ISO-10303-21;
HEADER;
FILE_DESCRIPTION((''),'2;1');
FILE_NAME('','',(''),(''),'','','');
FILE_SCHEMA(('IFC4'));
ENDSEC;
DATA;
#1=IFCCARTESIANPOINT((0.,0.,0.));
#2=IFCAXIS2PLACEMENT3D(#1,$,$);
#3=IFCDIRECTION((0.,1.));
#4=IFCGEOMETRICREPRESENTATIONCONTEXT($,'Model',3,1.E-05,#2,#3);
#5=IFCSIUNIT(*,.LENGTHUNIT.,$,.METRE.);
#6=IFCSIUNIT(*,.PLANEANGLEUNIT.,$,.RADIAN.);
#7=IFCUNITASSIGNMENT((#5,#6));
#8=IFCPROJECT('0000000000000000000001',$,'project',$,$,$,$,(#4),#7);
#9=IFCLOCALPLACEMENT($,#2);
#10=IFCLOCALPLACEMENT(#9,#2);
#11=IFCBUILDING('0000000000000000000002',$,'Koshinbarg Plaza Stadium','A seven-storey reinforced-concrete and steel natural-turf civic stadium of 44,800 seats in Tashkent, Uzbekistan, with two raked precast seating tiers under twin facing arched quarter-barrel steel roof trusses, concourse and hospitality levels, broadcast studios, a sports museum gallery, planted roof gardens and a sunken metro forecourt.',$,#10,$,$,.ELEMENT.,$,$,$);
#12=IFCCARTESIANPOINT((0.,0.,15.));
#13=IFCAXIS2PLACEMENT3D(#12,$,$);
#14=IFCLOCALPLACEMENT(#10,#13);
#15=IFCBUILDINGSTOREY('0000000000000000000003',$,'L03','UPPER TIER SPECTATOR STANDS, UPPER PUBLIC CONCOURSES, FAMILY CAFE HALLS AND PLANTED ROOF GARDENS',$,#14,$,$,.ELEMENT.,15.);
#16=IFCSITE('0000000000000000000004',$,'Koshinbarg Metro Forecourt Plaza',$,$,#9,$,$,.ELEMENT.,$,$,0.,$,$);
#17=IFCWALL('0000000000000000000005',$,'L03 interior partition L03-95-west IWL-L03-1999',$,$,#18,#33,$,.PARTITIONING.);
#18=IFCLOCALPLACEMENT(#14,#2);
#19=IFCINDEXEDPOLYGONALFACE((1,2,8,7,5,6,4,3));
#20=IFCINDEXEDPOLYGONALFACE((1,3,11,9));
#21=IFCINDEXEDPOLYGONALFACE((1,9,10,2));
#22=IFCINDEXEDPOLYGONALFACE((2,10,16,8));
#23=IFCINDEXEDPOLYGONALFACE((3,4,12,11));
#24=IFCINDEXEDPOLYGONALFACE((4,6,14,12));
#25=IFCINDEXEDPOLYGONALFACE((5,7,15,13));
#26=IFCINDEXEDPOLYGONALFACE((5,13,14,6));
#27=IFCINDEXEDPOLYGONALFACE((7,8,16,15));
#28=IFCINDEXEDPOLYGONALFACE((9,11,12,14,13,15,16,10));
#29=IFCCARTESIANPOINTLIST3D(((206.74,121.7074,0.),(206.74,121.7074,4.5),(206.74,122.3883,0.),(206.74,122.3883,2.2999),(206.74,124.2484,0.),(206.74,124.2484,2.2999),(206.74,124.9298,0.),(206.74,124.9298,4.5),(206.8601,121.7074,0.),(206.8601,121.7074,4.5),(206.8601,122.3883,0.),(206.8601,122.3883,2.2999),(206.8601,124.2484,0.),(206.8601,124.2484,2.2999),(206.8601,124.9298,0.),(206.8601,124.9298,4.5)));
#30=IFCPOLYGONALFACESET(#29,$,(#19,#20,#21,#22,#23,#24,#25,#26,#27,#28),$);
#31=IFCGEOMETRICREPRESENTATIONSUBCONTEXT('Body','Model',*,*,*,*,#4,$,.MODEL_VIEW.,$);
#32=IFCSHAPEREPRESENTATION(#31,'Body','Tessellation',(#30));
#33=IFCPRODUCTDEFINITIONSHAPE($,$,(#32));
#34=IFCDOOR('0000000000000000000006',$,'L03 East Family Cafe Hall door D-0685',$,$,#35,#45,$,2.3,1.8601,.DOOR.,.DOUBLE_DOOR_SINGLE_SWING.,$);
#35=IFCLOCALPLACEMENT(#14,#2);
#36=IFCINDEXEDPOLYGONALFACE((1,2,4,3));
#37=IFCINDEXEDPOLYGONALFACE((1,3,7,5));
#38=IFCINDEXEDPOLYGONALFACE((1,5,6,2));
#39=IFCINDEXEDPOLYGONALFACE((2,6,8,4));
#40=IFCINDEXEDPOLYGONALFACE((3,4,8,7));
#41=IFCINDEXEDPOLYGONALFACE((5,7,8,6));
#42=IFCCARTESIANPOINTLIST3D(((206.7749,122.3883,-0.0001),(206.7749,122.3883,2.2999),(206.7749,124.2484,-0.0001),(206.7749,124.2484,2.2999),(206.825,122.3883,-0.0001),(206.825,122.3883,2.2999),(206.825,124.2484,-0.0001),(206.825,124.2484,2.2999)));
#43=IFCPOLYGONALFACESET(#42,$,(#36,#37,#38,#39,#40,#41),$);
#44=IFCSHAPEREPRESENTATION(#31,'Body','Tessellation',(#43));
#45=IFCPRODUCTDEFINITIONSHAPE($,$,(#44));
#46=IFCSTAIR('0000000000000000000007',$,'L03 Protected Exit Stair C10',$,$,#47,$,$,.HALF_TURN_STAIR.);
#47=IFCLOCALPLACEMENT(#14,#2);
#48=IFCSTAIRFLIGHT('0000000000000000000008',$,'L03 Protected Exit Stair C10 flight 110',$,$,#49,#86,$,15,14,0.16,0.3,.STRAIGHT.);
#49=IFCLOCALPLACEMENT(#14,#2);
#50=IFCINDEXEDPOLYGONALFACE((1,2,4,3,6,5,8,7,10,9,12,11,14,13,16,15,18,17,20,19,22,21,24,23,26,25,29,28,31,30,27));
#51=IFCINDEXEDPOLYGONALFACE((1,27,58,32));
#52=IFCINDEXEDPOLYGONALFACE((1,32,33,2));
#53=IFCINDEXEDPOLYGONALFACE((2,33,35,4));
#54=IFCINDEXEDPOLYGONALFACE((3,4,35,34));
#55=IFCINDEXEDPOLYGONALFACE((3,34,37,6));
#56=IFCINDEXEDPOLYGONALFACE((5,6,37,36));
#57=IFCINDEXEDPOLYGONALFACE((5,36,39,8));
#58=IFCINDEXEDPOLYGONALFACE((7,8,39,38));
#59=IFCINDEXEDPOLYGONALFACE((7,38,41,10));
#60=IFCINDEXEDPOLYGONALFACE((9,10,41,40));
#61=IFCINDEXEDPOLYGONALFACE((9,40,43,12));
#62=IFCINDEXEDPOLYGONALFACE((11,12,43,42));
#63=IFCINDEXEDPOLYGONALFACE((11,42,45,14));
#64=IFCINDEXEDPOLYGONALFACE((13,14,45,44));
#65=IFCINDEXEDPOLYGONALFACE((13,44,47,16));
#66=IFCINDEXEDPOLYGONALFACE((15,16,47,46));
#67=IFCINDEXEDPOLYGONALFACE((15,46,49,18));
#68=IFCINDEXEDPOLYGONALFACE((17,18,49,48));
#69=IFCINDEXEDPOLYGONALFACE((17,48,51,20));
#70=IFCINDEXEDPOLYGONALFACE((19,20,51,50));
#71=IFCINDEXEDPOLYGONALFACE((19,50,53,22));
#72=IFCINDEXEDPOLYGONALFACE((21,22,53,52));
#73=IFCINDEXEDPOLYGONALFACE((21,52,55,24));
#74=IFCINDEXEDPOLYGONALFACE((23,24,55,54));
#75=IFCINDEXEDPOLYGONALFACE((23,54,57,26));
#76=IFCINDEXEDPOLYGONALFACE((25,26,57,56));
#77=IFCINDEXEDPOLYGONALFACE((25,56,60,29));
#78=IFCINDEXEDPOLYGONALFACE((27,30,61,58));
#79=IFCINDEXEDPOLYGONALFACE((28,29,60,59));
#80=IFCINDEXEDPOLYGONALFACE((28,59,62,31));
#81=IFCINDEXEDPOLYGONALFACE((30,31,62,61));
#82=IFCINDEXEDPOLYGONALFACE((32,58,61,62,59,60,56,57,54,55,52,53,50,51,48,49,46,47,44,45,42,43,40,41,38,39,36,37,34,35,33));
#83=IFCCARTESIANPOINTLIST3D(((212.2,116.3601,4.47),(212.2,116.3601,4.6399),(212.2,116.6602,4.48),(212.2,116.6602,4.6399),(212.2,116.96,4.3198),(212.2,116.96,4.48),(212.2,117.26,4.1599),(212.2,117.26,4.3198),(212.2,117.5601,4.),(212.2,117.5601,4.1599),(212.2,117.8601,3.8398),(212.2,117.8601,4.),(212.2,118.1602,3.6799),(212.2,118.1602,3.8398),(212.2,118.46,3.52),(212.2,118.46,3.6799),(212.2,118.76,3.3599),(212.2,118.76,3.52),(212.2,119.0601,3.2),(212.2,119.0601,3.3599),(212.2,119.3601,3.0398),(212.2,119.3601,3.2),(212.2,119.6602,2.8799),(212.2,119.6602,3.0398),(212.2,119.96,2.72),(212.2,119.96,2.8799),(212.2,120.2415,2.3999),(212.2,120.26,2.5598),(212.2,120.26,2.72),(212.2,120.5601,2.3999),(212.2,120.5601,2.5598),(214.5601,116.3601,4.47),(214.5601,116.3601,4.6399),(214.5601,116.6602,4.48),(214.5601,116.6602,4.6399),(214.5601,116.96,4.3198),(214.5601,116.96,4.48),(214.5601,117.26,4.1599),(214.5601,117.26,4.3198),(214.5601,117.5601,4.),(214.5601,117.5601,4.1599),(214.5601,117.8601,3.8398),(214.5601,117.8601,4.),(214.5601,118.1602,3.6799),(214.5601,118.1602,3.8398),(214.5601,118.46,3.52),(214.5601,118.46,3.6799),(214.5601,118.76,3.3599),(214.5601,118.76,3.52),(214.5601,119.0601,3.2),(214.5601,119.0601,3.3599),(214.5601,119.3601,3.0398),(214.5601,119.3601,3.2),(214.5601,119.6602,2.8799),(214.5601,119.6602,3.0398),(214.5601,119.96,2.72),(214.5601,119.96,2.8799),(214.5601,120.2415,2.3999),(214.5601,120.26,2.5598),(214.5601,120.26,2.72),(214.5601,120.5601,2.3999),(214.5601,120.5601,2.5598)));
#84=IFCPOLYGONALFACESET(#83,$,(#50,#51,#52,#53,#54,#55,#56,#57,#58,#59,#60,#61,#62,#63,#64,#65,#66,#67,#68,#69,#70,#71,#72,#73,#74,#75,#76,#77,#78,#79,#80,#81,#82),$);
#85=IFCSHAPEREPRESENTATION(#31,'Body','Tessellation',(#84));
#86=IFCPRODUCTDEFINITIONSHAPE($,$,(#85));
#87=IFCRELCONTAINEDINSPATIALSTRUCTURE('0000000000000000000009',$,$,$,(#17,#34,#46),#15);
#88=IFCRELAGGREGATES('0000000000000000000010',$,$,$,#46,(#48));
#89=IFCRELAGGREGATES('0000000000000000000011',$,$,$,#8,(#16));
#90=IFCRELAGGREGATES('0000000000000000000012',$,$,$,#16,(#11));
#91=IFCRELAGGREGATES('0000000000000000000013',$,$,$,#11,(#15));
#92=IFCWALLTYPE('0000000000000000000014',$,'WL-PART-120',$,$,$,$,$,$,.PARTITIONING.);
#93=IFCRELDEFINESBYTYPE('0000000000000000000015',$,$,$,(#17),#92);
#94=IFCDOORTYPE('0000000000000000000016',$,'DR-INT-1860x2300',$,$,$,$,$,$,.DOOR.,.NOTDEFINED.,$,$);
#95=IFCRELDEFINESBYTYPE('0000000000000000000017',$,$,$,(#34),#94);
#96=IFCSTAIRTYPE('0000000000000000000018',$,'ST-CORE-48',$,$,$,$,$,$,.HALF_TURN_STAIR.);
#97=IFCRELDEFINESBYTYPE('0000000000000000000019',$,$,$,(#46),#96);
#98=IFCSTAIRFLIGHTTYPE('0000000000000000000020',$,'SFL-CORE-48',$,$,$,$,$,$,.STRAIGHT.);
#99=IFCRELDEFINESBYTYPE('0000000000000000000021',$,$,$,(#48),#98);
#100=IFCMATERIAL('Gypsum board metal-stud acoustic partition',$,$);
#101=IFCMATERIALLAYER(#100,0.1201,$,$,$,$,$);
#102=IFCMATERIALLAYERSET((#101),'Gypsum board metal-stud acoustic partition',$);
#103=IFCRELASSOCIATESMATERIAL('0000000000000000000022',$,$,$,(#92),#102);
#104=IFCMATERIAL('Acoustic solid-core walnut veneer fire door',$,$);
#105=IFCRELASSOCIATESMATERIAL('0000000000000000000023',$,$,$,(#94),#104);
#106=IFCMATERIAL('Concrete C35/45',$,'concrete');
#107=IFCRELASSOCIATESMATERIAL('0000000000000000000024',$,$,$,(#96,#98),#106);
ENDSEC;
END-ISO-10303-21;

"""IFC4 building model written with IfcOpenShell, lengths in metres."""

from ifc_helpers import new_model, si_unit, direction, frame, frame_2d, origin, place, context, subcontext, project, spatial, polyline, rectangle, outline, extrude, material, layer, layer_set, type_object, element, fill, aggregate, save


model = new_model("IFC4")

# Units and contexts
model_context = context("Model", 3, precision=1e-05, world=origin(), true_north=direction((0.0, 1.0)))
body_context = subcontext(model_context, "Body", "Model", "MODEL_VIEW")
ifc_project = project(units=[si_unit("LENGTHUNIT", "METRE"), si_unit("PLANEANGLEUNIT", "RADIAN")], contexts=[model_context])

# Site, building, storey
site_placement = place(None, origin())
site = spatial("IfcSite", under=ifc_project, at=site_placement, Name="Koshinbarg Metro Forecourt Plaza", CompositionType="ELEMENT", RefElevation=0.0)
building_placement = place(site_placement, origin())
building = spatial("IfcBuilding", under=site, at=building_placement, Name="Koshinbarg Plaza Stadium", Description="A seven-storey reinforced-concrete and steel natural-turf civic stadium of 44,800 seats in Tashkent, Uzbekistan, with two raked precast seating tiers under twin facing arched quarter-barrel steel roof trusses, concourse and hospitality levels, broadcast studios, a sports museum gallery, planted roof gardens and a sunken metro forecourt.", CompositionType="ELEMENT")
storey_placement = place(building_placement, frame((0.0, 0.0, 15.0)))
storey = spatial("IfcBuildingStorey", under=building, at=storey_placement, Name="L03", Description="UPPER TIER SPECTATOR STANDS, UPPER PUBLIC CONCOURSES, FAMILY CAFE HALLS AND PLANTED ROOF GARDENS", CompositionType="ELEMENT", Elevation=15.0)

# Shared definitions
ifc_material_1 = material(Name="Gypsum board metal-stud acoustic partition")
ifc_layer_1 = layer(ifc_material_1, 0.1201)
ifc_layer_set_1 = layer_set([ifc_layer_1], Name="Gypsum board metal-stud acoustic partition")
wall_type_1 = type_object("IfcWallType", Name="WL-PART-120", PredefinedType="PARTITIONING", material=ifc_layer_set_1)

# Wall, opening, door
wall_1_placement = place(storey_placement, frame((206.8, 124.9299, 0.0), z_axis=(0.0, 0.0, 1.0), x_axis=(0.0, -1.0, 0.0)))
wall_1 = element("IfcWall", 1, at=wall_1_placement, inside=storey, type_object=wall_type_1, Name="L03 interior partition L03-95-west IWL-L03-1999", PredefinedType="PARTITIONING", context=body_context, shape_type="SweptSolid", body=[
    extrude(rectangle(XDim=3.2224, YDim=0.1201, at=frame_2d((1.6113, 0.0))), origin(), (0.0, 0.0, 1.0), 4.5),
])
opening_1_placement = place(wall_1_placement, frame((0.6814, 0.0, 0.0)))
opening_1 = element("IfcOpeningElement", 2, at=opening_1_placement, cuts=wall_1, PredefinedType="OPENING", context=body_context, shape_type="SweptSolid", body=[
    extrude(rectangle(XDim=1.8601, YDim=2.3, at=frame_2d((0.9302, 1.1499))), frame((0.0, 0.0701, 0.0), z_axis=(0.0, -1.0, 0.0), x_axis=(1.0, 0.0, 0.0)), (0.0, 0.0, 1.0), 0.1401),
])
ifc_material_2 = material(Name="Acoustic solid-core walnut veneer fire door")
door_type_1 = type_object("IfcDoorType", Name="DR-INT-1860x2300", OperationType="NOTDEFINED", PredefinedType="DOOR", material=ifc_material_2)
door_1_placement = place(opening_1_placement, origin())
door_1 = element("IfcDoor", 3, at=door_1_placement, inside=storey, type_object=door_type_1, Name="L03 East Family Cafe Hall door D-0685", OperationType="DOUBLE_DOOR_SINGLE_SWING", OverallHeight=2.3, OverallWidth=1.8601, PredefinedType="DOOR", context=body_context, shape_type="SweptSolid", body=[
    extrude(rectangle(XDim=1.8601, YDim=2.3, at=frame_2d((0.9302, 1.1499))), frame((0.0, 0.0249, 0.0), z_axis=(0.0, -1.0, 0.0), x_axis=(1.0, 0.0, 0.0)), (0.0, 0.0, 1.0), 0.05),
])
fill(opening_1, door_1)

# Stair, stair flight
ifc_material_3 = material(Name="Concrete C35/45", Category="concrete")
stair_type = type_object("IfcStairType", Name="ST-CORE-48", PredefinedType="HALF_TURN_STAIR", material=ifc_material_3)
stair_placement = place(storey_placement, origin())
stair = element("IfcStair", 4, at=stair_placement, inside=storey, type_object=stair_type, Name="L03 Protected Exit Stair C10", PredefinedType="HALF_TURN_STAIR")
stair_flight_type = type_object("IfcStairFlightType", Name="SFL-CORE-48", PredefinedType="STRAIGHT", material=ifc_material_3)
stair_flight_placement = place(storey_placement, frame((213.3799, 120.5601, 2.3999), z_axis=(0.0, 0.0, 1.0), x_axis=(0.0, -1.0, 0.0)))
stair_flight = element("IfcStairFlight", 5, at=stair_flight_placement, type_object=stair_flight_type, Name="L03 Protected Exit Stair C10 flight 110", NumberOfRisers=15, NumberOfTreads=14, PredefinedType="STRAIGHT", RiserHeight=0.16, TreadLength=0.3, context=body_context, shape_type="SweptSolid", body=[
    extrude(outline(polyline([(0.0, 0.0), (0.0, 0.1599), (0.3, 0.1599), (0.3, 0.3201), (0.6001, 0.3201), (0.6001, 0.48), (0.8999, 0.48), (0.8999, 0.6399), (1.2, 0.6399), (1.2, 0.8), (1.5, 0.8), (1.5, 0.96), (1.8, 0.96), (1.8, 1.1201), (2.1001, 1.1201), (2.1001, 1.28), (2.3999, 1.28), (2.3999, 1.4399), (2.7, 1.4399), (2.7, 1.6001), (3.0, 1.6001), (3.0, 1.76), (3.3, 1.76), (3.3, 1.9199), (3.6001, 1.9199), (3.6001, 2.0801), (3.8999, 2.0801), (3.8999, 2.24), (4.2, 2.24), (4.2, 2.3999), (4.2, 2.0701), (0.3186, 0.0), (0.0, 0.0)])), frame((0.0, 1.1802, 0.0), z_axis=(0.0, -1.0, 0.0), x_axis=(1.0, 0.0, 0.0)), (0.0, 0.0, 1.0), 2.3601),
])
aggregate(stair, [stair_flight])

save(model, "model.ifc")
